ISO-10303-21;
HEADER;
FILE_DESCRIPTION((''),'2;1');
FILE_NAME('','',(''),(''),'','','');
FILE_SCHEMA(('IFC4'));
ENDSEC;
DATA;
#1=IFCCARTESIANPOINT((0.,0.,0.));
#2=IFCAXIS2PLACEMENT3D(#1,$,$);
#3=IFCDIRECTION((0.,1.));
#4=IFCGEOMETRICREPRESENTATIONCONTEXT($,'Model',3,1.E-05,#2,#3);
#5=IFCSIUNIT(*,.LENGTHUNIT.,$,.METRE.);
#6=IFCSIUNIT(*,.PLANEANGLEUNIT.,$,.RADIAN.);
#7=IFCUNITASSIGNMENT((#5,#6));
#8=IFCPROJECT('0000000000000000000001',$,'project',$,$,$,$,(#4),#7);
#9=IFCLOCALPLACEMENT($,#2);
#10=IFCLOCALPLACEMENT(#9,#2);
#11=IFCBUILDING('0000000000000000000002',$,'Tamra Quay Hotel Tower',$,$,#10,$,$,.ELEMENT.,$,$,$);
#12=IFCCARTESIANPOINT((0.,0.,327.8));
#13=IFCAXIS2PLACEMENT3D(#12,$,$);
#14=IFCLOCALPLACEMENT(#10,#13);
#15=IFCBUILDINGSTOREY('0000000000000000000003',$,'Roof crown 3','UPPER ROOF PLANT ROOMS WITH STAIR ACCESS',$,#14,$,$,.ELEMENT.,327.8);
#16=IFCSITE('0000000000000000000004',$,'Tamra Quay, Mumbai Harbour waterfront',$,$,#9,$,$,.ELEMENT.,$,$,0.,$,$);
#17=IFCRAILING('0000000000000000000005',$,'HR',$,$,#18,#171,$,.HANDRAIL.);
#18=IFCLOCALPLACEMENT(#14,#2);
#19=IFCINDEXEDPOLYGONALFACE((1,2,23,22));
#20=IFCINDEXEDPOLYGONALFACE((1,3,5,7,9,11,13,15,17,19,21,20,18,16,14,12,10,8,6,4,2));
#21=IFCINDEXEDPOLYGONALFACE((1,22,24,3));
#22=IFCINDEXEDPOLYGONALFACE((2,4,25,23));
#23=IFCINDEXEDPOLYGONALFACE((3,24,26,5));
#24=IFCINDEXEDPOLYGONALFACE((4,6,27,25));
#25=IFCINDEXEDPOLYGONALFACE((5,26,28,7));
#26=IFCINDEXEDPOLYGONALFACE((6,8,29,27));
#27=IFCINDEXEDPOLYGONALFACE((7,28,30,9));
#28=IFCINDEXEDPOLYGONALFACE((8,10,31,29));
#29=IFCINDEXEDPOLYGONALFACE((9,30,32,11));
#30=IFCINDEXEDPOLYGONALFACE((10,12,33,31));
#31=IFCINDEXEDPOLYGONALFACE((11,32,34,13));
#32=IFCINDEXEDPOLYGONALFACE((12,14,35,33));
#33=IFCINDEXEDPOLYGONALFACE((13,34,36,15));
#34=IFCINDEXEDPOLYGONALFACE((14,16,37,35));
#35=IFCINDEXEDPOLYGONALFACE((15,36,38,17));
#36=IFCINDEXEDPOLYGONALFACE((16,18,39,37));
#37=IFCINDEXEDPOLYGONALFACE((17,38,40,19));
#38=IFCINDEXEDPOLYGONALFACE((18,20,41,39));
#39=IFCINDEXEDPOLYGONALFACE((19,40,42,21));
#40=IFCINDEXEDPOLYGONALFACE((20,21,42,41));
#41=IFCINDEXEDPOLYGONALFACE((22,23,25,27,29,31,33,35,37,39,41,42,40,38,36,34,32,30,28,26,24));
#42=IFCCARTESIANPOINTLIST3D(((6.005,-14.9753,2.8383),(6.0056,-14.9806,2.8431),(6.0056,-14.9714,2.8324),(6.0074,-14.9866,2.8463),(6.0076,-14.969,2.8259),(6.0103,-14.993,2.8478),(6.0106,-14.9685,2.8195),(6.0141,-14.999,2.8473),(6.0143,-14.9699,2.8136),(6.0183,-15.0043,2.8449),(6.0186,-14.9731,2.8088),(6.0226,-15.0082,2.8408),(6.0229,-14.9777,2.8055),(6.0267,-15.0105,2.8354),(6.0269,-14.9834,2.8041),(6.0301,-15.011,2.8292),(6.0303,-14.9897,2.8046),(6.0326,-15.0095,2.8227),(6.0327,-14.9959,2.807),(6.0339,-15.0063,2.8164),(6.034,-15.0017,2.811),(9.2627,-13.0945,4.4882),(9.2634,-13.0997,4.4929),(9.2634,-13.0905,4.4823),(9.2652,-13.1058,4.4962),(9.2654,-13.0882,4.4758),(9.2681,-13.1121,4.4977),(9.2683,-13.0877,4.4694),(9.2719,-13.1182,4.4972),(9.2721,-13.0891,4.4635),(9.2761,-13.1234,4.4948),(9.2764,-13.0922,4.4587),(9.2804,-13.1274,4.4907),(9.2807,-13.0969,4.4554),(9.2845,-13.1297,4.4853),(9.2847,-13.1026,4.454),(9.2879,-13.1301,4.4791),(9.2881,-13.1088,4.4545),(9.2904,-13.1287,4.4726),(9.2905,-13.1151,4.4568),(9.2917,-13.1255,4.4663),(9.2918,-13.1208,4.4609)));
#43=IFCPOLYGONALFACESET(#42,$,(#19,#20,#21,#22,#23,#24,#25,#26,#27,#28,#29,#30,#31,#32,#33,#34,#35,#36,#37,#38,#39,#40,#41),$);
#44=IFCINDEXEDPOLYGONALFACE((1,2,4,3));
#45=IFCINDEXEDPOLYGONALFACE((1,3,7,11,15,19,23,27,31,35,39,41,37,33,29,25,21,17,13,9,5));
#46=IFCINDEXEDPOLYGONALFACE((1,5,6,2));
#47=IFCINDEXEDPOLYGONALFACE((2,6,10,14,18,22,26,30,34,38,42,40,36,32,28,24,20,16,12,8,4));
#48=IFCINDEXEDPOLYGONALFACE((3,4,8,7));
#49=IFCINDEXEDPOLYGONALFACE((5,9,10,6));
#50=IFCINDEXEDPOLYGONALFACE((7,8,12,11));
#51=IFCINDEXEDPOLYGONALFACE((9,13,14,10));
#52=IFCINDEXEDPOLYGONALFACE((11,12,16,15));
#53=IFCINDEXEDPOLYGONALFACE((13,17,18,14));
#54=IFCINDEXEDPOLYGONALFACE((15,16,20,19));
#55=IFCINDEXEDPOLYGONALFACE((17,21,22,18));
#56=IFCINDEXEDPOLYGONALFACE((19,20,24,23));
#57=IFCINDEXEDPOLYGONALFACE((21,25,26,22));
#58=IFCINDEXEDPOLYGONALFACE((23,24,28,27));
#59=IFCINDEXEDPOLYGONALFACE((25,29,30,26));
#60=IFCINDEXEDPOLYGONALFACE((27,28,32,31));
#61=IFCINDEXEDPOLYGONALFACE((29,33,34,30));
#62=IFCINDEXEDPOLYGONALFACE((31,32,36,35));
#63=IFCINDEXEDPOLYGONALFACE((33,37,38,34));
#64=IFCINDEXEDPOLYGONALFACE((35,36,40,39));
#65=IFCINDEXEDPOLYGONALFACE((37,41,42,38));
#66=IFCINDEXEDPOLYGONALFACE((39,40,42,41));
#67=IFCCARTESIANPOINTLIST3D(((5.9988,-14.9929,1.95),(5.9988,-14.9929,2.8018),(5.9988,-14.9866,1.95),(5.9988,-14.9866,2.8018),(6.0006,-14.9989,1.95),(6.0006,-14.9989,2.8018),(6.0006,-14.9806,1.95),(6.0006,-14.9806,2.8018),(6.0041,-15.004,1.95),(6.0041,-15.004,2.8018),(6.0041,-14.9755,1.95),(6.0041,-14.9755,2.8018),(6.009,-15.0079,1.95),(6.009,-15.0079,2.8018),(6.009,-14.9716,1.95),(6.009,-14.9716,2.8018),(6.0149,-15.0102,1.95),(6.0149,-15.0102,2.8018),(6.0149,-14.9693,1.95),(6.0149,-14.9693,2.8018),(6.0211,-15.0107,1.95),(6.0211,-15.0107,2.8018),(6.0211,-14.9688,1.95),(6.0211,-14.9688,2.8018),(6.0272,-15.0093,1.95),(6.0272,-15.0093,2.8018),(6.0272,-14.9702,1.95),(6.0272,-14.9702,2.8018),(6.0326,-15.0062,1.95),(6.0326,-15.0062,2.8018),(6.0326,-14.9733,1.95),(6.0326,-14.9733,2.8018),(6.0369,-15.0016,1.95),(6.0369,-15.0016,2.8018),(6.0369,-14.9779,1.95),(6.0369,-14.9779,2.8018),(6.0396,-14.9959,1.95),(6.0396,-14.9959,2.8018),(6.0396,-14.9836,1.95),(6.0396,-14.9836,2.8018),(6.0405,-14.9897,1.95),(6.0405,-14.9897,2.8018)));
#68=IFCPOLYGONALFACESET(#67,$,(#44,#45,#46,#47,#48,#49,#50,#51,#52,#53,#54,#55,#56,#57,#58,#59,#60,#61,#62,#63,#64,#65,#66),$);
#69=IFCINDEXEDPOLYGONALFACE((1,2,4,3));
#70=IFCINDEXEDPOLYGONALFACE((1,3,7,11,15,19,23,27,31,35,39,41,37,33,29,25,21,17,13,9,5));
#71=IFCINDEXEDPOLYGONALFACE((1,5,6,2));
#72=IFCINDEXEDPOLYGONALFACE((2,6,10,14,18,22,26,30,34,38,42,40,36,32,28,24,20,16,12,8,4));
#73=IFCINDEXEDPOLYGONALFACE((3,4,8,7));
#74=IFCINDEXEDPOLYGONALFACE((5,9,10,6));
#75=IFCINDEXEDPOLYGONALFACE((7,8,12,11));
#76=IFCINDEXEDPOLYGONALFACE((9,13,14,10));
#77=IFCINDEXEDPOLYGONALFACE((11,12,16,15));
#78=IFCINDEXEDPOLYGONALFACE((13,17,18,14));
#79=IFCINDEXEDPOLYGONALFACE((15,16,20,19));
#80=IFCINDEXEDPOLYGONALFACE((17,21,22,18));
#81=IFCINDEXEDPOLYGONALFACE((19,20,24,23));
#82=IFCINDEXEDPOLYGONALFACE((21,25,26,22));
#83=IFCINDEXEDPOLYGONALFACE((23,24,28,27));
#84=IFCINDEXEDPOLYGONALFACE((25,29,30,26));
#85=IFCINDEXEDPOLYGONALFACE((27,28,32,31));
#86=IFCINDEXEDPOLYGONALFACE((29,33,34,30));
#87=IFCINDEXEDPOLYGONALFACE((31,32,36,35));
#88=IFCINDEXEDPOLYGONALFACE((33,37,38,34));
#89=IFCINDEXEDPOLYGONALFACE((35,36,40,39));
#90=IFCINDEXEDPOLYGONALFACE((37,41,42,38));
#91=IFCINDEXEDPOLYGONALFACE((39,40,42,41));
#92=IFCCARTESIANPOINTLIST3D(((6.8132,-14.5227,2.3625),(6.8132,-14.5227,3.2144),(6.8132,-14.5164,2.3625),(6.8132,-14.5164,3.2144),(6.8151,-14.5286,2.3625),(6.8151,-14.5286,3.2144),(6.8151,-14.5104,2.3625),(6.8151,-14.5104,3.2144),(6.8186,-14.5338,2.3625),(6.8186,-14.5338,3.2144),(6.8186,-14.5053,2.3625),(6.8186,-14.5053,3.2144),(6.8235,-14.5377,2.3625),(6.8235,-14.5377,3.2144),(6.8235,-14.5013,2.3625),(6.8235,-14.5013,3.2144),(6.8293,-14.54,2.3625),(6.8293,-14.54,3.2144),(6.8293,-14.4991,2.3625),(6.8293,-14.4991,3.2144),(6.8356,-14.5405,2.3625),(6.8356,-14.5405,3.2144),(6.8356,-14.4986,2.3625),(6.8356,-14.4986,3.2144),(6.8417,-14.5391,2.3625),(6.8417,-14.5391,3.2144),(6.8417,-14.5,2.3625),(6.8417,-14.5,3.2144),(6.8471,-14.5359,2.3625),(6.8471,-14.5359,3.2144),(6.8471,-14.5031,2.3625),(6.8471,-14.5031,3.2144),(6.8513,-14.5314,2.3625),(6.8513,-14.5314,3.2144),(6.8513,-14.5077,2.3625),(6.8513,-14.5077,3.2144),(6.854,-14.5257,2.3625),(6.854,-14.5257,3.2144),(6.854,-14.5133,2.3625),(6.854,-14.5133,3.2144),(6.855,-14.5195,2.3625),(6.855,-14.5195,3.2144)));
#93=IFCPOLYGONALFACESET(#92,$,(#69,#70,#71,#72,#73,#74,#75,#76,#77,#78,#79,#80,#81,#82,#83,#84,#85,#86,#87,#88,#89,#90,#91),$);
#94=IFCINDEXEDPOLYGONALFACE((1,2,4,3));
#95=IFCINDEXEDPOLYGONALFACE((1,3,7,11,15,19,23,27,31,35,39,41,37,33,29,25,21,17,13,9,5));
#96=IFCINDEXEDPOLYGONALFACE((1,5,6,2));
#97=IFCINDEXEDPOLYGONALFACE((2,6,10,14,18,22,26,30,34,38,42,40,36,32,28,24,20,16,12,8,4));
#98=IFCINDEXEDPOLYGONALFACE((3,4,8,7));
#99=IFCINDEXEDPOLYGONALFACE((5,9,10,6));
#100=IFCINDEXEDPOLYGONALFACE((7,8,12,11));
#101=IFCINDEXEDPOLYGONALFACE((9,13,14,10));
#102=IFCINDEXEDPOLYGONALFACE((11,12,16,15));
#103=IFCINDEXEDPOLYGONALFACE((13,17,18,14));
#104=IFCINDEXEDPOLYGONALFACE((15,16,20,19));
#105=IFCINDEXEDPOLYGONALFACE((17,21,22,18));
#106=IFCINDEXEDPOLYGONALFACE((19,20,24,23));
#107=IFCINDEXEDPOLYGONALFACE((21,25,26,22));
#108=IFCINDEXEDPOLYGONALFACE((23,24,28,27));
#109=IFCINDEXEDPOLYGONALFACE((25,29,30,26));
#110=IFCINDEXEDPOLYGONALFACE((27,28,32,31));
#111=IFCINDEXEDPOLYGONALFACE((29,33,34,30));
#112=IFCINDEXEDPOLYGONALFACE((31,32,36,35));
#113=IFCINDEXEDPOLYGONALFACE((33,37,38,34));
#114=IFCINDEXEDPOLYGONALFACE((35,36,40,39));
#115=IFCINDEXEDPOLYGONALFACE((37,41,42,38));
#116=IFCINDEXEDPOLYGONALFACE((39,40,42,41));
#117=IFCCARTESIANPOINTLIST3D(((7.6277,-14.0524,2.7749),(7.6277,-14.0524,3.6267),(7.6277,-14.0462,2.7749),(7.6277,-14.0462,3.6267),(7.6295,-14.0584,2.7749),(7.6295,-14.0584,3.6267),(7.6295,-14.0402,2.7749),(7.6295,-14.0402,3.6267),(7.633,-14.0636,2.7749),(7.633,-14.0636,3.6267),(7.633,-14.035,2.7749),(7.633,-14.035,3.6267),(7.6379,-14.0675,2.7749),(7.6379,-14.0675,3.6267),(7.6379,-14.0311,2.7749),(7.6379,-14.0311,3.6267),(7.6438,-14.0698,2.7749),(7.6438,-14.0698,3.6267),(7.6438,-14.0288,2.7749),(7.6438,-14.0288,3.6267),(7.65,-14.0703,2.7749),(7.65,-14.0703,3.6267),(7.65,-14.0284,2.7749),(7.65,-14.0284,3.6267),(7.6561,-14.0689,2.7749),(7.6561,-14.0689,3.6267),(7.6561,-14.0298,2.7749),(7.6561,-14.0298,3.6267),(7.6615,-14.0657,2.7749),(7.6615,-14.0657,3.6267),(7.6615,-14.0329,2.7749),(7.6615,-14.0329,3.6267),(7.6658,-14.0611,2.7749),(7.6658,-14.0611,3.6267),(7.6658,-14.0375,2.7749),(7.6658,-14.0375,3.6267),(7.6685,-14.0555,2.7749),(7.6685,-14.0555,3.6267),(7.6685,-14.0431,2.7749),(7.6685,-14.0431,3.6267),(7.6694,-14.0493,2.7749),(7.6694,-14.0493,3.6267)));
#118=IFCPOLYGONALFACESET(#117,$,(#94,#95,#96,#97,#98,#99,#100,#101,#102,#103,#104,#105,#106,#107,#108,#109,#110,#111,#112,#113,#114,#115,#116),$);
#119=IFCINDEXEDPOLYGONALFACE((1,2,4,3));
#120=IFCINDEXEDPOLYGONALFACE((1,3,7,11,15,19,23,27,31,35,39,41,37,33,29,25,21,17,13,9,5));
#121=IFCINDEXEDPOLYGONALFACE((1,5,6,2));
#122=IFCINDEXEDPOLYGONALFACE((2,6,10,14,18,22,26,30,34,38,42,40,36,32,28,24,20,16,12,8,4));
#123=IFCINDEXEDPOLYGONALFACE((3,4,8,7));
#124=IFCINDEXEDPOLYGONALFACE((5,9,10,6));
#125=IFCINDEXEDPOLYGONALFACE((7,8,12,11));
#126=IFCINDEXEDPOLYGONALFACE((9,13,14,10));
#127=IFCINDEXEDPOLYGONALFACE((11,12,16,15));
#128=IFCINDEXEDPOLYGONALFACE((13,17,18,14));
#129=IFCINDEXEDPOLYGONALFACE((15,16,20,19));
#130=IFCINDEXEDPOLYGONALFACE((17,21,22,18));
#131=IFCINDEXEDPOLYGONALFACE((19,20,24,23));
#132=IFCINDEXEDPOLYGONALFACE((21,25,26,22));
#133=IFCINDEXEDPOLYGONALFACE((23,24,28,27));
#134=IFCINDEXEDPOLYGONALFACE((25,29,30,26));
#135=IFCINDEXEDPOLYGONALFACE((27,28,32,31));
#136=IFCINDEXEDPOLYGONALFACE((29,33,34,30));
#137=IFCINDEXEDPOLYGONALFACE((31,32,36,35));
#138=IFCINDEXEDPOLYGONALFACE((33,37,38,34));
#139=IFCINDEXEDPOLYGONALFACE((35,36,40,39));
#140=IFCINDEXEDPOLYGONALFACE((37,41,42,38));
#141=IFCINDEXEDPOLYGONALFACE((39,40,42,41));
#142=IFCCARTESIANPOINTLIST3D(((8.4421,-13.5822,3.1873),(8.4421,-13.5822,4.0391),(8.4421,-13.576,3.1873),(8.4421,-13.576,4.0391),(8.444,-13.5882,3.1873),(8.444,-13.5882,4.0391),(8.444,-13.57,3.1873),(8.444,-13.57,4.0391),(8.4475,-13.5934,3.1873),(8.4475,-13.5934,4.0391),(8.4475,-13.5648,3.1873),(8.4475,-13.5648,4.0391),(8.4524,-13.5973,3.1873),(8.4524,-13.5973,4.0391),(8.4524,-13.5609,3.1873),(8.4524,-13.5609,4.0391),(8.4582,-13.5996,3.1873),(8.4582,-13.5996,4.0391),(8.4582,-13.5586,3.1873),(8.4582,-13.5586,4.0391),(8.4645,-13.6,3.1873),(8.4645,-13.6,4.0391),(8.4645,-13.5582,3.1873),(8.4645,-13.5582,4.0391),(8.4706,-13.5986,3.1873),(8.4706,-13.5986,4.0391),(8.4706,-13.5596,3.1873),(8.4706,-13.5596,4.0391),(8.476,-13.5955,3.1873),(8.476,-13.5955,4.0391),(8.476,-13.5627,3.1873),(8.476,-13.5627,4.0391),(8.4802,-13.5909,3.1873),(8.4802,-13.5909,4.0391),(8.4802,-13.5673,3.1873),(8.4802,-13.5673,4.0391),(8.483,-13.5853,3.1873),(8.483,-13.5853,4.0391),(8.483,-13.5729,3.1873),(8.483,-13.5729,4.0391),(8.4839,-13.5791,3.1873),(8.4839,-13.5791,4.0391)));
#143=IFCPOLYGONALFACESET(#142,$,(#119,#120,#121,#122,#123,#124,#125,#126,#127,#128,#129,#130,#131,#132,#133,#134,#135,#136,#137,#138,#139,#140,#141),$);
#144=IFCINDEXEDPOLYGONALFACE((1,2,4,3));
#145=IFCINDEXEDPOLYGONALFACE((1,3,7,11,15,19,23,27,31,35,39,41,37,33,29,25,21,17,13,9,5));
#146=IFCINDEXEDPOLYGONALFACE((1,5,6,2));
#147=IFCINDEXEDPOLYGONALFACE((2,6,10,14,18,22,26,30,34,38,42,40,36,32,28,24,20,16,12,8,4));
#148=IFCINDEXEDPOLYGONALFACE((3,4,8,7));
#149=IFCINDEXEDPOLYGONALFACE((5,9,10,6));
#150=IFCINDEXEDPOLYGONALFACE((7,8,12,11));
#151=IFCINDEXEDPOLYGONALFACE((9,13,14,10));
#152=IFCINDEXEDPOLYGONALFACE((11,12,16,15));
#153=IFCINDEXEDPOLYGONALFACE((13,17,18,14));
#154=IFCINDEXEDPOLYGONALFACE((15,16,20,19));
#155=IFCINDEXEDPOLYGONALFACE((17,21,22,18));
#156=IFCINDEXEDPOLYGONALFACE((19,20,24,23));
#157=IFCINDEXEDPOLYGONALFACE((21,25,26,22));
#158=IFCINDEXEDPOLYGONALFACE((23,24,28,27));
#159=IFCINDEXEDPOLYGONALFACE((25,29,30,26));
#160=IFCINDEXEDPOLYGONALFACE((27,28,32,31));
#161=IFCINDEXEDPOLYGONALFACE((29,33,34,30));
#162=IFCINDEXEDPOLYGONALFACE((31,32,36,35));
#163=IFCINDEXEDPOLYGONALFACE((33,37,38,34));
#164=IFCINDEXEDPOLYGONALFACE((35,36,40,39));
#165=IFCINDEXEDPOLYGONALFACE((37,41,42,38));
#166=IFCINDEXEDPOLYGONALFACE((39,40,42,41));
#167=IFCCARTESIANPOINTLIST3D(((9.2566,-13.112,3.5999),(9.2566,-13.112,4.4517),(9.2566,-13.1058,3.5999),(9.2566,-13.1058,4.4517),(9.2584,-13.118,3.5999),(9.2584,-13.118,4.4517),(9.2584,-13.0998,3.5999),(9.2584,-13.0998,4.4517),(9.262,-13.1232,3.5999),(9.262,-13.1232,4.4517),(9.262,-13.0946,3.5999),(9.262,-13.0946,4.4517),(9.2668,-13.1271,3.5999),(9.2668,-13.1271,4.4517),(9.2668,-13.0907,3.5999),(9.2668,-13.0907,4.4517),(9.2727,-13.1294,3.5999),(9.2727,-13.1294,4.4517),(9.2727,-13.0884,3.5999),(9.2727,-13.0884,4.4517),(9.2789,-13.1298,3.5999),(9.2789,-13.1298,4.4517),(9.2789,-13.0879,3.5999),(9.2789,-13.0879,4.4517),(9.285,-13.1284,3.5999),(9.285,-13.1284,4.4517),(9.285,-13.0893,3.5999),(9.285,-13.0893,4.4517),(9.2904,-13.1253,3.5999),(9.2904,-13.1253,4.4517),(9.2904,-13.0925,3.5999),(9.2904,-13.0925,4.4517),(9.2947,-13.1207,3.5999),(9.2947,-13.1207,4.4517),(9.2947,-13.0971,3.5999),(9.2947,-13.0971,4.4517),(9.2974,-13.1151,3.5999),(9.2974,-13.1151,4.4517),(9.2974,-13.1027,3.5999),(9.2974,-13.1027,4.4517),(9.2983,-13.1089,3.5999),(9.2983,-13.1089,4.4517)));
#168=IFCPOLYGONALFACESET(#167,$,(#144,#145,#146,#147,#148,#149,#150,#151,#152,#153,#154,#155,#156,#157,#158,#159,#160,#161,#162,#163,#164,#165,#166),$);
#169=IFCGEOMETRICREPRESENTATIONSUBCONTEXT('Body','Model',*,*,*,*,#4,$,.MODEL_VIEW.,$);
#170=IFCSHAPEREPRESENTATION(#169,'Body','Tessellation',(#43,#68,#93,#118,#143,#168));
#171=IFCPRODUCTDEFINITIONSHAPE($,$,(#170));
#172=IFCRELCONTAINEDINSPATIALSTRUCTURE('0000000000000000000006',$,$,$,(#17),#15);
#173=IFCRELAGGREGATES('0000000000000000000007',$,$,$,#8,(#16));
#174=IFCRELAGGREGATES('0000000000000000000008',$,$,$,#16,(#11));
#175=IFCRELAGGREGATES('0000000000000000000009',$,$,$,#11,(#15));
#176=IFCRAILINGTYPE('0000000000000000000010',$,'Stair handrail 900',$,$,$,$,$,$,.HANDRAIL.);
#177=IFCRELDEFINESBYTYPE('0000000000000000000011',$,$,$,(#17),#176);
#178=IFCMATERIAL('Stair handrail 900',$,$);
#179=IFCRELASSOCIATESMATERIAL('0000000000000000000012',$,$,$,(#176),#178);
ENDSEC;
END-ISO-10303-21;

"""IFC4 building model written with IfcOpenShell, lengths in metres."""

from ifc_helpers import new_model, si_unit, direction, frame, origin, origin_2d, place, context, subcontext, project, spatial, circle, extrude, material, type_object, element, save


model = new_model("IFC4")

# Units and contexts
model_context = context("Model", 3, precision=1e-05, world=origin(), true_north=direction((0.0, 1.0)))
body_context = subcontext(model_context, "Body", "Model", "MODEL_VIEW")
ifc_project = project(units=[si_unit("LENGTHUNIT", "METRE"), si_unit("PLANEANGLEUNIT", "RADIAN")], contexts=[model_context])

# Site, building, storey
site_placement = place(None, origin())
site = spatial("IfcSite", under=ifc_project, at=site_placement, Name="Tamra Quay, Mumbai Harbour waterfront", CompositionType="ELEMENT", RefElevation=0.0)
building_placement = place(site_placement, origin())
building = spatial("IfcBuilding", under=site, at=building_placement, Name="Tamra Quay Hotel Tower", CompositionType="ELEMENT")
storey_placement = place(building_placement, frame((0.0, 0.0, 327.8)))
storey = spatial("IfcBuildingStorey", under=building, at=storey_placement, Name="Roof crown 3", Description="UPPER ROOF PLANT ROOMS WITH STAIR ACCESS", CompositionType="ELEMENT", Elevation=327.8)

# Railing
ifc_material_1 = material(Name="Stair handrail 900")
railing_type = type_object("IfcRailingType", Name="Stair handrail 900", PredefinedType="HANDRAIL", material=ifc_material_1)
railing_placement = place(storey_placement, frame((6.0195, -14.9897, 1.95)))
element("IfcRailing", 1, at=railing_placement, inside=storey, type_object=railing_type, Name="HR", PredefinedType="HANDRAIL", context=body_context, shape_type="SweptSolid", body=[
    extrude(circle(Radius=0.0239, at=origin_2d()), frame((0.0, 0.0, 0.876), z_axis=(0.7931, 0.457887, 0.401661), x_axis=(-0.499992, 0.86603, 0.0)), (0.0, 0.0, 1.0), 4.1077),
    extrude(circle(Radius=0.021, at=origin_2d()), origin(), (0.0, 0.0, 1.0), 0.8518),
    extrude(circle(Radius=0.021, at=origin_2d()), frame((0.8145, 0.4702, 0.4126)), (0.0, 0.0, 1.0), 0.8518),
    extrude(circle(Radius=0.021, at=origin_2d()), frame((1.6289, 0.9404, 0.825)), (0.0, 0.0, 1.0), 0.8518),
    extrude(circle(Radius=0.021, at=origin_2d()), frame((2.4434, 1.4106, 1.2373)), (0.0, 0.0, 1.0), 0.8518),
    extrude(circle(Radius=0.021, at=origin_2d()), frame((3.2578, 1.8809, 1.6499)), (0.0, 0.0, 1.0), 0.8518),
])

save(model, "model.ifc")
